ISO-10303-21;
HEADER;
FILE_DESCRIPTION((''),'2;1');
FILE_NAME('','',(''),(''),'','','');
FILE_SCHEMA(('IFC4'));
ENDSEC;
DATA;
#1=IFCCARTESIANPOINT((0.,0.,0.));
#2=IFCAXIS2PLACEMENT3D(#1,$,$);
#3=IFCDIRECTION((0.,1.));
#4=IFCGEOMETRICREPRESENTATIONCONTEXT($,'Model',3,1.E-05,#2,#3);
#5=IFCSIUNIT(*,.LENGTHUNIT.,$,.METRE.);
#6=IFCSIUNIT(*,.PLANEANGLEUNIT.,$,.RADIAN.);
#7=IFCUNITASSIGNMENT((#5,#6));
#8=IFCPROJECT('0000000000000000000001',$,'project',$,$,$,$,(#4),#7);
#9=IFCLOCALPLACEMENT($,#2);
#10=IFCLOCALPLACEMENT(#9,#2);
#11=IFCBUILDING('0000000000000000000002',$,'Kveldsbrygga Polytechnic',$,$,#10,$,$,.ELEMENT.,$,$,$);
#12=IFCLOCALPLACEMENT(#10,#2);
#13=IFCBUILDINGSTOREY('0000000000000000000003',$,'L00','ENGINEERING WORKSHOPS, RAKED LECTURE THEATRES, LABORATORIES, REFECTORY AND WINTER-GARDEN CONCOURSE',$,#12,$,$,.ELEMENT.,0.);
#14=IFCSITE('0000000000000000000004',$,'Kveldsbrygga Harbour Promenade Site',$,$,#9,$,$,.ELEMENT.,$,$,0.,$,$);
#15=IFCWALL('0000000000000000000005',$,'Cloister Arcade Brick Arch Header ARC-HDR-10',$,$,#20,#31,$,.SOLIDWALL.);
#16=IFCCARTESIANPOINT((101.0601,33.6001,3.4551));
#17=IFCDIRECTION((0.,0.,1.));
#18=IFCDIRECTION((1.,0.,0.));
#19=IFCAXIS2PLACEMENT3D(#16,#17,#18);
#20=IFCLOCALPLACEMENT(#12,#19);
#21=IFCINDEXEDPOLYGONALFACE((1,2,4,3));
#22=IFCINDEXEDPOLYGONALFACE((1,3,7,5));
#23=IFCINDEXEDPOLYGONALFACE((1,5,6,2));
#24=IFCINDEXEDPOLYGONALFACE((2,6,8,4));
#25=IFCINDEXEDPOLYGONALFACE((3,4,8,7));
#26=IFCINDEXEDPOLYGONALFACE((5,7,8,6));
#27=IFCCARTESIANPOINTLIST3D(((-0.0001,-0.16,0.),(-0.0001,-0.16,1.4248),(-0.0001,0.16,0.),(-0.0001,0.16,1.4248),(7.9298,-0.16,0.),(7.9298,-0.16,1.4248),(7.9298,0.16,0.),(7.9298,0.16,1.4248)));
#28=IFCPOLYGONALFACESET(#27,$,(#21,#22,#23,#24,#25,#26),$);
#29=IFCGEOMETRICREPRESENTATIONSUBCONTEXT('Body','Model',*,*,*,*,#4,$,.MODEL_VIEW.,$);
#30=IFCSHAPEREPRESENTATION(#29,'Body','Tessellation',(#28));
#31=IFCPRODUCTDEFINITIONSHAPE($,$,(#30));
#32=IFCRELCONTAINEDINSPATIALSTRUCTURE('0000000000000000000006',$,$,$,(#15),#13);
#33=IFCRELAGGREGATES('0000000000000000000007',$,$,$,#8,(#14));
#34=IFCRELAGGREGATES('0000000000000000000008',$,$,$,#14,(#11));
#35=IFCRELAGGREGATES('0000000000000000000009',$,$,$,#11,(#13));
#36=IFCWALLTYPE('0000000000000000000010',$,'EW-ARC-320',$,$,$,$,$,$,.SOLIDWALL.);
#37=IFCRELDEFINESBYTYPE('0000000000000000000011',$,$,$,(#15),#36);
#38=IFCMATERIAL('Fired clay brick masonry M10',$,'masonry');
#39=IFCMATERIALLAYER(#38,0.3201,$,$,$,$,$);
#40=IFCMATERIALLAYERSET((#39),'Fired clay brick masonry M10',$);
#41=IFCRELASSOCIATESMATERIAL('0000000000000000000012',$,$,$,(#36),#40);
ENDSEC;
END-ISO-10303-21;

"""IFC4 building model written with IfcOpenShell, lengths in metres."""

from ifc_helpers import new_model, si_unit, direction, frame, frame_2d, origin, place, context, subcontext, project, spatial, rectangle, extrude, material, layer, layer_set, type_object, element, save


model = new_model("IFC4")

# Units and contexts
model_context = context("Model", 3, precision=1e-05, world=origin(), true_north=direction((0.0, 1.0)))
body_context = subcontext(model_context, "Body", "Model", "MODEL_VIEW")
ifc_project = project(units=[si_unit("LENGTHUNIT", "METRE"), si_unit("PLANEANGLEUNIT", "RADIAN")], contexts=[model_context])

# Site, building, storey
site_placement = place(None, origin())
site = spatial("IfcSite", under=ifc_project, at=site_placement, Name="Kveldsbrygga Harbour Promenade Site", CompositionType="ELEMENT", RefElevation=0.0)
building_placement = place(site_placement, origin())
building = spatial("IfcBuilding", under=site, at=building_placement, Name="Kveldsbrygga Polytechnic", CompositionType="ELEMENT")
storey_placement = place(building_placement, origin())
storey = spatial("IfcBuildingStorey", under=building, at=storey_placement, Name="L00", Description="ENGINEERING WORKSHOPS, RAKED LECTURE THEATRES, LABORATORIES, REFECTORY AND WINTER-GARDEN CONCOURSE", CompositionType="ELEMENT", Elevation=0.0)

# Wall
ifc_material_1 = material(Name="Fired clay brick masonry M10", Category="masonry")
ifc_layer_1 = layer(ifc_material_1, 0.3201)
ifc_layer_set_1 = layer_set([ifc_layer_1], Name="Fired clay brick masonry M10")
wall_type = type_object("IfcWallType", Name="EW-ARC-320", PredefinedType="SOLIDWALL", material=ifc_layer_set_1)
wall_1_placement = place(storey_placement, frame((101.0601, 33.6001, 3.4551), z_axis=(0.0, 0.0, 1.0), x_axis=(1.0, 0.0, 0.0)))
element("IfcWall", 1, at=wall_1_placement, inside=storey, type_object=wall_type, Name="Cloister Arcade Brick Arch Header ARC-HDR-10", PredefinedType="SOLIDWALL", context=body_context, shape_type="SweptSolid", body=[
    extrude(rectangle(XDim=7.9299, YDim=0.3201, at=frame_2d((3.9648, 0.0))), origin(), (0.0, 0.0, 1.0), 1.4248),
])

save(model, "model.ifc")
